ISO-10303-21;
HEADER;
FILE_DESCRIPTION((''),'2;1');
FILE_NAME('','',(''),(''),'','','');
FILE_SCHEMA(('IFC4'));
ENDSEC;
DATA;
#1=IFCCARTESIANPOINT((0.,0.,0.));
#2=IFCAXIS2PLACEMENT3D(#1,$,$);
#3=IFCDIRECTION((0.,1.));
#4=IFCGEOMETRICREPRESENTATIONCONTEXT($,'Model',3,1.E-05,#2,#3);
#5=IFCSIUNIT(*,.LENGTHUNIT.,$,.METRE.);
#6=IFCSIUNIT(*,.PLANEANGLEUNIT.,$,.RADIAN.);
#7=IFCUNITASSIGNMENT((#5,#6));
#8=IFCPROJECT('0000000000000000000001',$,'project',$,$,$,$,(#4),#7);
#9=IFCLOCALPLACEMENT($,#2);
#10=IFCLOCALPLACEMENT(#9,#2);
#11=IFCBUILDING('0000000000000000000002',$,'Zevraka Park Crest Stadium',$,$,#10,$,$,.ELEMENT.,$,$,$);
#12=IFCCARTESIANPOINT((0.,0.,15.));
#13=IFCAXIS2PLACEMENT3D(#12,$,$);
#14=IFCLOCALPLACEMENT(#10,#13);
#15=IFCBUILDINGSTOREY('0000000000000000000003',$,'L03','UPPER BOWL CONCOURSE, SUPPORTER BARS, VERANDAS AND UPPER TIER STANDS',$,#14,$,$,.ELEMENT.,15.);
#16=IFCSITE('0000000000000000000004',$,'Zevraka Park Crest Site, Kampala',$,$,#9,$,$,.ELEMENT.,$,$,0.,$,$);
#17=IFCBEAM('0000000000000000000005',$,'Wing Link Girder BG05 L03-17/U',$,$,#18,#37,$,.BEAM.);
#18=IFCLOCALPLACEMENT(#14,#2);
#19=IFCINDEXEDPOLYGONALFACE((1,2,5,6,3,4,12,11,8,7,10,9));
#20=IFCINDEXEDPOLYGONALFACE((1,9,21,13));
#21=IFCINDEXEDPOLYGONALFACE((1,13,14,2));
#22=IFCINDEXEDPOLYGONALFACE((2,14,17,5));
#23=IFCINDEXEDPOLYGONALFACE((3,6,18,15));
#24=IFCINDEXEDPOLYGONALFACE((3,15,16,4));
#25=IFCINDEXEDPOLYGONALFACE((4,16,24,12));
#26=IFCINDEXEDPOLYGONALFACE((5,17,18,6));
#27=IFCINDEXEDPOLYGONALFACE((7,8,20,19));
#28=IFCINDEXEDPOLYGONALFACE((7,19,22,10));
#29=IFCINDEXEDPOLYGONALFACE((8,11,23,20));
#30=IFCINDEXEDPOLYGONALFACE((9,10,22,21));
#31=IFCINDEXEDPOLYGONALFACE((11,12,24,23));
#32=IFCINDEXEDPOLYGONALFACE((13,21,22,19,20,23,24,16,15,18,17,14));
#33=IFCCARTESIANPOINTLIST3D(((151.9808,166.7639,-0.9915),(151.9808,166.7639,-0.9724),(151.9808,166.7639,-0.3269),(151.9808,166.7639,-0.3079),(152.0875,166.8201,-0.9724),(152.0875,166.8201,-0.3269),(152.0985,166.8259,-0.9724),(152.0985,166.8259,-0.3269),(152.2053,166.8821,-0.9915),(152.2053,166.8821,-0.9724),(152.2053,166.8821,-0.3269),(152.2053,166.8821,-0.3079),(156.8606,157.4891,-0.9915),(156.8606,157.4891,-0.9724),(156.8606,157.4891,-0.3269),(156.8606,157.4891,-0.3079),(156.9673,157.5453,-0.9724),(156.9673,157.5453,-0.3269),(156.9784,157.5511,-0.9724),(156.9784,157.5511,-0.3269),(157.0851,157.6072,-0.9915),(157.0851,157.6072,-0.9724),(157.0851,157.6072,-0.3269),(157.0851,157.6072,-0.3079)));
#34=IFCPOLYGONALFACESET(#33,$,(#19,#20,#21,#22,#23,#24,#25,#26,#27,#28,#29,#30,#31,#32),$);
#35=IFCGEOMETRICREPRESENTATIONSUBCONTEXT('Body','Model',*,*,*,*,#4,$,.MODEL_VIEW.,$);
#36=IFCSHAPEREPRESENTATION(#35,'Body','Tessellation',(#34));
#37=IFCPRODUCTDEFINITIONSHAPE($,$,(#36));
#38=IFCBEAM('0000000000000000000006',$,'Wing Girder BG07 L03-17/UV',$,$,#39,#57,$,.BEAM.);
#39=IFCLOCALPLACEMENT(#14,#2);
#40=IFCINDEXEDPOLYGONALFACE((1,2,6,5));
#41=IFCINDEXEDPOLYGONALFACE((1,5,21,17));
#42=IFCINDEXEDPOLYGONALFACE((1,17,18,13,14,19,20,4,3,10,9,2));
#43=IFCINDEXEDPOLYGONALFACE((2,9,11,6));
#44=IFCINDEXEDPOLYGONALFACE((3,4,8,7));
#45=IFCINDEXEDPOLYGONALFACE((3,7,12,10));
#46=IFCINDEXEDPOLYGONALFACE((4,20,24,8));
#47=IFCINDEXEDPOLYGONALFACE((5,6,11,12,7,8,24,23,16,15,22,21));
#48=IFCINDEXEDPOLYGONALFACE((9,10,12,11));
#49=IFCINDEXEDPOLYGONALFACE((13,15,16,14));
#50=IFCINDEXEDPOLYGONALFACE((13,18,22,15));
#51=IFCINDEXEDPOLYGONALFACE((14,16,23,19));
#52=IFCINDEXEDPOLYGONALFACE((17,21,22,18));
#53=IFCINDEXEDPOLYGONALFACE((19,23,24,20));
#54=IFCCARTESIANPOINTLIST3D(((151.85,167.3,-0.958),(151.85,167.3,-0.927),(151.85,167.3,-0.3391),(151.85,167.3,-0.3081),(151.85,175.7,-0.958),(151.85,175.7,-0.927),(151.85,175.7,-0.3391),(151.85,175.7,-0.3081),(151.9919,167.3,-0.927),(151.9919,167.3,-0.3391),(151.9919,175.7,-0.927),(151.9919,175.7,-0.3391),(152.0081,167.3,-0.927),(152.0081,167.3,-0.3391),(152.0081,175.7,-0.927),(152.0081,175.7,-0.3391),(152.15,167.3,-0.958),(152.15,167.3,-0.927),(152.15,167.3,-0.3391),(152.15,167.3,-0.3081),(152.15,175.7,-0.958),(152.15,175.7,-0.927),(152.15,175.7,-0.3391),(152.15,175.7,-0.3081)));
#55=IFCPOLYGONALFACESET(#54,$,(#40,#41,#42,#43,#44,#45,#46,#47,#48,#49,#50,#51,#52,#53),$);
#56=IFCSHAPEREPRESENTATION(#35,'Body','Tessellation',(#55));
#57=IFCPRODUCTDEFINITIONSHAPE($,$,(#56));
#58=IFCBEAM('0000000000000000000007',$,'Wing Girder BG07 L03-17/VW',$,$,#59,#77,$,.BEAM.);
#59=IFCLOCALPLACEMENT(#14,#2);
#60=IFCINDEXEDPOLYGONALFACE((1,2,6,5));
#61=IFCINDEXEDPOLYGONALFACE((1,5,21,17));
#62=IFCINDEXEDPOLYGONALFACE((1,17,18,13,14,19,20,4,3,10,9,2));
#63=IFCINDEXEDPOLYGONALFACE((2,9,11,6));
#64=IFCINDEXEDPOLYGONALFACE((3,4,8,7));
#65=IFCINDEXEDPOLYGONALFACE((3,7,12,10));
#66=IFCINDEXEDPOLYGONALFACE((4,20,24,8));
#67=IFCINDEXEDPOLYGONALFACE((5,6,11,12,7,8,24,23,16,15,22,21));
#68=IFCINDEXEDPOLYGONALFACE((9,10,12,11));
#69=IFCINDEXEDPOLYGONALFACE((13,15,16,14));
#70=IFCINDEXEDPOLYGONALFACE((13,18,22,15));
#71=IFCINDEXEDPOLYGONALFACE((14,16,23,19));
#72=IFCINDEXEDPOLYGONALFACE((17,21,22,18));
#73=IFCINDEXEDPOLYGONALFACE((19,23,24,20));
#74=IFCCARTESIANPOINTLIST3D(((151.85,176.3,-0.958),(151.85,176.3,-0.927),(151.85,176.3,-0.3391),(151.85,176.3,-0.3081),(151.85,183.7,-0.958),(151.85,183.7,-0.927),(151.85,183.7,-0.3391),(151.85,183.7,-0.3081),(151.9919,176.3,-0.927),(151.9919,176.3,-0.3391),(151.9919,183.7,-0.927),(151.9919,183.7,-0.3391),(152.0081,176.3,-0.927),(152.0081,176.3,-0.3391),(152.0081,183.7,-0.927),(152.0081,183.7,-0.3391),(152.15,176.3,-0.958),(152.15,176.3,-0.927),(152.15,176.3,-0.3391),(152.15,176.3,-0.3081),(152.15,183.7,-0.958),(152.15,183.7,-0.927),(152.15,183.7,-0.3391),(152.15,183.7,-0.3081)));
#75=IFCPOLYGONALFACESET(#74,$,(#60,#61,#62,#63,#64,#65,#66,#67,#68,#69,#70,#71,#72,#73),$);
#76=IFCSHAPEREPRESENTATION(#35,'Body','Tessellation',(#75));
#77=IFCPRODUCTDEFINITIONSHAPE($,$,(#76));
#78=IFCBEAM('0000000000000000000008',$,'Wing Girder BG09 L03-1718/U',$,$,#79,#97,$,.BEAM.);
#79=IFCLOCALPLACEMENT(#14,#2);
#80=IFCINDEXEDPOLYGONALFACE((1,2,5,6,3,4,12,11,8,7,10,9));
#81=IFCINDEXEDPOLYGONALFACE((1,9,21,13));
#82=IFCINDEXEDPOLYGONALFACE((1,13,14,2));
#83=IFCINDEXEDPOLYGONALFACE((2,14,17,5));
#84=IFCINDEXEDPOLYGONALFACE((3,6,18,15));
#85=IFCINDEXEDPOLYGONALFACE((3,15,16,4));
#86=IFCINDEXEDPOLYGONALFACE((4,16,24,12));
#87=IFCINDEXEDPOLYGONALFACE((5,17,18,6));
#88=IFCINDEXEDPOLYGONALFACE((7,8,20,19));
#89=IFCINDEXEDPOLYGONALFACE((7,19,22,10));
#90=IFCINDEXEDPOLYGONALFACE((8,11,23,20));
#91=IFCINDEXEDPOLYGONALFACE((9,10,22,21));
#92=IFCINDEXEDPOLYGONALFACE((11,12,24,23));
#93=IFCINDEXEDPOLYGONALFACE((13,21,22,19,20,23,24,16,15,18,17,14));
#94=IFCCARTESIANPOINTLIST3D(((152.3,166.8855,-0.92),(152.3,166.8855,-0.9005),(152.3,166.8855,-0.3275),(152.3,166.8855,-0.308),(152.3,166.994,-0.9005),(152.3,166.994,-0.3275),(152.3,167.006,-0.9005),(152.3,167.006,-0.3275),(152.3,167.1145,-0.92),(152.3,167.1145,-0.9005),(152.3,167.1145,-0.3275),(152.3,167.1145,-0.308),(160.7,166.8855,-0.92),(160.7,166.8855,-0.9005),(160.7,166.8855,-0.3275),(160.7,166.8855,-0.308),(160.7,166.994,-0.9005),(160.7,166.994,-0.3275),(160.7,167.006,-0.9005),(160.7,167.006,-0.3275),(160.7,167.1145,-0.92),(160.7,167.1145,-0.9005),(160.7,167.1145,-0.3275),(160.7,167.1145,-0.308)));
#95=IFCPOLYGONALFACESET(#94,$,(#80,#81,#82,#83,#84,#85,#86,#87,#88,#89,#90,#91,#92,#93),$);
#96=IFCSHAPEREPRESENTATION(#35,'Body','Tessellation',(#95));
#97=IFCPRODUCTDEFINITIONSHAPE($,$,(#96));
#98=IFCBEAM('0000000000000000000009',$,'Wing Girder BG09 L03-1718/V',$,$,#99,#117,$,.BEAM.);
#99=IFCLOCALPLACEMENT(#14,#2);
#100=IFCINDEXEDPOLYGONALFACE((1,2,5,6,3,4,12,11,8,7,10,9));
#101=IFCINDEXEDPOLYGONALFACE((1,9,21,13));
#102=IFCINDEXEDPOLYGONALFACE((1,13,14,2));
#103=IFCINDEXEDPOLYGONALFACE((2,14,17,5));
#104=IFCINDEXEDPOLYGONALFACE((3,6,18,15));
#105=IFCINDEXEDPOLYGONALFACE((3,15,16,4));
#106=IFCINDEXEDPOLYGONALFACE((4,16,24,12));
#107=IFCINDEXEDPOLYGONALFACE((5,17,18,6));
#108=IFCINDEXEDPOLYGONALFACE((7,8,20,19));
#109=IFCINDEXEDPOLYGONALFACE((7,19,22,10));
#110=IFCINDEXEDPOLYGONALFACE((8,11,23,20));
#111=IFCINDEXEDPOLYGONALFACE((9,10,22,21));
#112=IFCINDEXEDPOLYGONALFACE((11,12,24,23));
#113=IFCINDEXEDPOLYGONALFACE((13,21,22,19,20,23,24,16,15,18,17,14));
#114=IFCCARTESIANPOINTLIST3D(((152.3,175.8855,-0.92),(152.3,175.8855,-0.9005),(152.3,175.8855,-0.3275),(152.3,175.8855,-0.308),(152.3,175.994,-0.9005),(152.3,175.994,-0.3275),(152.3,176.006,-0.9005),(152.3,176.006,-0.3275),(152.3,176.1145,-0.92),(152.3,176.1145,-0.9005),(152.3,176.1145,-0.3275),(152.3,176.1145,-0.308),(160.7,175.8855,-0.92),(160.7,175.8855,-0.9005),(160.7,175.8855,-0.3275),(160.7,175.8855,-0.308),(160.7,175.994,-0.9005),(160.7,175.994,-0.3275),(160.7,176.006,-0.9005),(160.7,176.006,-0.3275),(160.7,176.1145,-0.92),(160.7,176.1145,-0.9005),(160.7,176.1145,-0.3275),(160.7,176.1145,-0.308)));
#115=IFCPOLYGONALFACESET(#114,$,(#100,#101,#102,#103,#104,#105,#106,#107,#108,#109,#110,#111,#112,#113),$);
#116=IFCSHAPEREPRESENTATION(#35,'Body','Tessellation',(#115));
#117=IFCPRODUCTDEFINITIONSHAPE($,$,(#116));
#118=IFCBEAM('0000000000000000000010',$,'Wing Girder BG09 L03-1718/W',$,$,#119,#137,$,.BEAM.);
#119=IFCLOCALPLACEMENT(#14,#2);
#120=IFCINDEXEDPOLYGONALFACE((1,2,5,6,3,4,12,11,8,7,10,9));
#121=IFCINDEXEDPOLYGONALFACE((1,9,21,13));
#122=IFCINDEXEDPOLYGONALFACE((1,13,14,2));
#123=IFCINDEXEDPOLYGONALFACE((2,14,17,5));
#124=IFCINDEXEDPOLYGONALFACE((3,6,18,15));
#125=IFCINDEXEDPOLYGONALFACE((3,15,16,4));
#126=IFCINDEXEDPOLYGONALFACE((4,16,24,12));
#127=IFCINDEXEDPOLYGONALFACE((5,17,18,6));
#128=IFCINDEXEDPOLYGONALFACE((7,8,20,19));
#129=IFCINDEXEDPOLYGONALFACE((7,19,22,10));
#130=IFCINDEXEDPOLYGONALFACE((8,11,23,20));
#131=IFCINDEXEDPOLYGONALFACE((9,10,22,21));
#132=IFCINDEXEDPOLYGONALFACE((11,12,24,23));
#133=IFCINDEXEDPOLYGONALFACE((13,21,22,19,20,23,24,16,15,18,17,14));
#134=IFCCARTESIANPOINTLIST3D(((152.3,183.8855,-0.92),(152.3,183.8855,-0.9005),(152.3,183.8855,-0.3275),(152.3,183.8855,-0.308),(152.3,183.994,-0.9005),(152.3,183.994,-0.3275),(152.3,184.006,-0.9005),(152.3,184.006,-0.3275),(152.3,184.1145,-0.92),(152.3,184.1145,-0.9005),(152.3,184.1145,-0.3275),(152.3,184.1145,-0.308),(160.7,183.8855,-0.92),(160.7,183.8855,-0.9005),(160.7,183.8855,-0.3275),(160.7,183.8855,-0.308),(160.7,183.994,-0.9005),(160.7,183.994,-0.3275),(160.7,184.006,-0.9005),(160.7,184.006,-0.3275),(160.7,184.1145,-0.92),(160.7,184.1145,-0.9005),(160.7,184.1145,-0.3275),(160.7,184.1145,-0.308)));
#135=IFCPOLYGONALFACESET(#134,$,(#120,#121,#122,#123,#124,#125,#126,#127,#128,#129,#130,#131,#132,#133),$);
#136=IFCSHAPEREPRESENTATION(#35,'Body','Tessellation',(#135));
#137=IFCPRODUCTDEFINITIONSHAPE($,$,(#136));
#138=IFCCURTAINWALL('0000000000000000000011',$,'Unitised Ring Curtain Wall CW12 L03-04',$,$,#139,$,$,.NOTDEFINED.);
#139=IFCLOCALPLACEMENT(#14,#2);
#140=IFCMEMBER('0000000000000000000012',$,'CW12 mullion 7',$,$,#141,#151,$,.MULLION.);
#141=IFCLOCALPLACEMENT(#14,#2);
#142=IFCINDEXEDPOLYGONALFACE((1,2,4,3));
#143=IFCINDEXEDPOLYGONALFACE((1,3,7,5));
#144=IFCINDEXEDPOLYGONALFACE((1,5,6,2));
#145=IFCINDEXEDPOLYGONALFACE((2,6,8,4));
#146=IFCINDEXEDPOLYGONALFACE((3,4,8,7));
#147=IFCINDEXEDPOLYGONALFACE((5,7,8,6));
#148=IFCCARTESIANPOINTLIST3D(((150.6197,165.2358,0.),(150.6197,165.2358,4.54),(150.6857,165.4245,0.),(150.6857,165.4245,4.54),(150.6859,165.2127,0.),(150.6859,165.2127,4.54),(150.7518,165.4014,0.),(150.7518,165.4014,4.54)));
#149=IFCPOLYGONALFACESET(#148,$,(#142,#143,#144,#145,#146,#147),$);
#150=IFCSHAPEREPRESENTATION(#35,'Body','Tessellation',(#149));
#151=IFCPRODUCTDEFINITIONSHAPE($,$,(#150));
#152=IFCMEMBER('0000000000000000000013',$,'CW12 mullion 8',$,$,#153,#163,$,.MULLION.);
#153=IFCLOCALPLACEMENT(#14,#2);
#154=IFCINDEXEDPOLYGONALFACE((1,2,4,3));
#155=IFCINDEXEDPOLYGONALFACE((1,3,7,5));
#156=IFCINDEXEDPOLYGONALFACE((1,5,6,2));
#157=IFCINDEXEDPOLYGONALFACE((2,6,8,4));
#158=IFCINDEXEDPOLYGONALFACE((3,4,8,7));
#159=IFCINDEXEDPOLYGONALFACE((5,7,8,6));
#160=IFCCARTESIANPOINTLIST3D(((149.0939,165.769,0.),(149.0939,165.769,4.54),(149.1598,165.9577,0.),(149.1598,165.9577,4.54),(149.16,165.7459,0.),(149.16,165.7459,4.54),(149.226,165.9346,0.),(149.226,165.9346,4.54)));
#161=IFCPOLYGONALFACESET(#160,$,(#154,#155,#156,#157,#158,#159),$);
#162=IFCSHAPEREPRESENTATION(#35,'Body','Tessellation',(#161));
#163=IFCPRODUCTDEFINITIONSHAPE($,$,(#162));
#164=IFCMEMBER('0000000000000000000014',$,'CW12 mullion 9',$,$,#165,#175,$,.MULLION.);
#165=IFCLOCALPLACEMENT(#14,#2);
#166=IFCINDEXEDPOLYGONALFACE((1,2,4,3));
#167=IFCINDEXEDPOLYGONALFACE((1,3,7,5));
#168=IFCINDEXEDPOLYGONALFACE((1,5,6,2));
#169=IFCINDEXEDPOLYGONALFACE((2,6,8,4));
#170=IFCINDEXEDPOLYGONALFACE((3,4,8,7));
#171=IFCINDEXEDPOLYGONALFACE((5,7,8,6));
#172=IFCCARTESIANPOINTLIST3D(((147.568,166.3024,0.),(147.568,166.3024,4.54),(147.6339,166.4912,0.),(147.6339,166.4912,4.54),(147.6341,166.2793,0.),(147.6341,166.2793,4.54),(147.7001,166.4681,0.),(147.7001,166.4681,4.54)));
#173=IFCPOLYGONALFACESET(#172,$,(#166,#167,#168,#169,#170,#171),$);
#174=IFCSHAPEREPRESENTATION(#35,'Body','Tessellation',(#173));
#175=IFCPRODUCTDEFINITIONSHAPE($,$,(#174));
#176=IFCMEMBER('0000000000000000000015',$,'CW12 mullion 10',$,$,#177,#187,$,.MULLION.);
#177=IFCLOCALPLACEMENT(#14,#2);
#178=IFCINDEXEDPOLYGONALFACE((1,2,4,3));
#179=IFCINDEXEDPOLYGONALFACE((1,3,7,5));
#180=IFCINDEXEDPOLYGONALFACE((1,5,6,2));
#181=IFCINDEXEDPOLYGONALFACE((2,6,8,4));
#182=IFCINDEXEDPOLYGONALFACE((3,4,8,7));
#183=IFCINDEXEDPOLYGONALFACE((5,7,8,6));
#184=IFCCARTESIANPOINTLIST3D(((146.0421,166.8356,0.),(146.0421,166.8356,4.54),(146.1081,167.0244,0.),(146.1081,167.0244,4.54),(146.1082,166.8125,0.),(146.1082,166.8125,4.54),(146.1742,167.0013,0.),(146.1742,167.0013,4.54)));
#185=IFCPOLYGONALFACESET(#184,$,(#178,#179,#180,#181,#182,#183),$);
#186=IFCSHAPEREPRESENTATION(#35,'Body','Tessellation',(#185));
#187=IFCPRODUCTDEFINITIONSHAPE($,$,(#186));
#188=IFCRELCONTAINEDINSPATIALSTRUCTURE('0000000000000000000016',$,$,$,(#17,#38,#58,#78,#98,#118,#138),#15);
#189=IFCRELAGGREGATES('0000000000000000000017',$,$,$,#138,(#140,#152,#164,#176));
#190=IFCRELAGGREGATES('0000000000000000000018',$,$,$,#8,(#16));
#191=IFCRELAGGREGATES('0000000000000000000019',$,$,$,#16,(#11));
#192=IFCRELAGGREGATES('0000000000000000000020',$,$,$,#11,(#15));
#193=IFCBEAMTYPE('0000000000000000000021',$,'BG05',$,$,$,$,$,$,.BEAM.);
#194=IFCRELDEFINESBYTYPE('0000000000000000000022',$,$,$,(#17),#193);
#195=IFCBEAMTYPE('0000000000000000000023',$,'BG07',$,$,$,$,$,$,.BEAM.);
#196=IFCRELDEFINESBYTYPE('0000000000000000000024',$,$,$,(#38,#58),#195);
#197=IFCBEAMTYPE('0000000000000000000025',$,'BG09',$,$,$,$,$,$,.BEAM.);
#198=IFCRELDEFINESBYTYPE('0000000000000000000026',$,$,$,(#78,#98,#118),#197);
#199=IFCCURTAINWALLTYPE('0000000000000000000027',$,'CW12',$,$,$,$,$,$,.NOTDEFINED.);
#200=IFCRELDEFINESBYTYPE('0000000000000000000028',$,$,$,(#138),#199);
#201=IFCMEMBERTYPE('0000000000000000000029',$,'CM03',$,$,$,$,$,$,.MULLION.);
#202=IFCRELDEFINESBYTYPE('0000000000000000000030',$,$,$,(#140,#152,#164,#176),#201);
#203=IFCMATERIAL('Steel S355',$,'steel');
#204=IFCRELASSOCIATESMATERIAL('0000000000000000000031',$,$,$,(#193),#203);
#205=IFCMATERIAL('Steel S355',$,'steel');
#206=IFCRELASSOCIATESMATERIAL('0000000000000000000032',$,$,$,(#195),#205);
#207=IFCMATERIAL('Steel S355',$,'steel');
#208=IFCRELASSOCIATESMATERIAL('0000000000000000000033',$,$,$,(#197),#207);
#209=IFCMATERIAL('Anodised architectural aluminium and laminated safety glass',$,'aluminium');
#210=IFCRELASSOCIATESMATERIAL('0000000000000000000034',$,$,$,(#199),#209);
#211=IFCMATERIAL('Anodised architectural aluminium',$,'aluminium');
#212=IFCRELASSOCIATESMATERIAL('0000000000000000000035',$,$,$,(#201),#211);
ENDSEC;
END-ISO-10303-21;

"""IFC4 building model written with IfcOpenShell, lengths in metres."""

from ifc_helpers import new_model, si_unit, direction, frame, origin, origin_2d, place, context, subcontext, project, spatial, rectangle, i_section, extrude, material, material_profile, profile_set, type_object, element, aggregate, save


model = new_model("IFC4")

# Units and contexts
model_context = context("Model", 3, precision=1e-05, world=origin(), true_north=direction((0.0, 1.0)))
body_context = subcontext(model_context, "Body", "Model", "MODEL_VIEW")
ifc_project = project(units=[si_unit("LENGTHUNIT", "METRE"), si_unit("PLANEANGLEUNIT", "RADIAN")], contexts=[model_context])

# Site, building, storey
site_placement = place(None, origin())
site = spatial("IfcSite", under=ifc_project, at=site_placement, Name="Zevraka Park Crest Site, Kampala", CompositionType="ELEMENT", RefElevation=0.0)
building_placement = place(site_placement, origin())
building = spatial("IfcBuilding", under=site, at=building_placement, Name="Zevraka Park Crest Stadium", CompositionType="ELEMENT")
storey_placement = place(building_placement, frame((0.0, 0.0, 15.0)))
storey = spatial("IfcBuildingStorey", under=building, at=storey_placement, Name="L03", Description="UPPER BOWL CONCOURSE, SUPPORTER BARS, VERANDAS AND UPPER TIER STANDS", CompositionType="ELEMENT", Elevation=15.0)

# Beams
ifc_material_1 = material(Name="Steel S355", Category="steel")
ifc_material_profile_1 = material_profile(ifc_material_1, i_section(OverallWidth=0.2537, OverallDepth=0.6836, WebThickness=0.0125, FlangeThickness=0.019, at=origin_2d()), Name="UKB 686x254x140")
ifc_profile_set_1 = profile_set([ifc_material_profile_1], Name="Steel S355")
beam_type_1 = type_object("IfcBeamType", Name="BG05", PredefinedType="BEAM", material=ifc_profile_set_1)
beam_1_placement = place(storey_placement, frame((152.093, 166.823, -0.6497), z_axis=(0.465624, -0.884983, 0.0), x_axis=(0.884983, 0.465624, 0.0)))
element("IfcBeam", 1, at=beam_1_placement, inside=storey, type_object=beam_type_1, Name="Wing Link Girder BG05 L03-17/U", PredefinedType="BEAM", context=body_context, shape_type="SweptSolid", body=[
    extrude(i_section(OverallWidth=0.2537, OverallDepth=0.6836, WebThickness=0.0125, FlangeThickness=0.019, at=origin_2d()), origin(), (0.0, 0.0, 1.0), 10.4802),
])
ifc_material_2 = material(Name="Steel S355", Category="steel")
ifc_material_profile_2 = material_profile(ifc_material_2, i_section(OverallWidth=0.3, OverallDepth=0.6499, WebThickness=0.0161, FlangeThickness=0.031, at=origin_2d()), Name="HEB 650")
ifc_profile_set_2 = profile_set([ifc_material_profile_2], Name="Steel S355")
beam_type_2 = type_object("IfcBeamType", Name="BG07", PredefinedType="BEAM", material=ifc_profile_set_2)
beam_2_placement = place(storey_placement, frame((152.0, 167.3, -0.6331), z_axis=(0.0, 1.0, 0.0), x_axis=(-1.0, 0.0, 0.0)))
element("IfcBeam", 2, at=beam_2_placement, inside=storey, type_object=beam_type_2, Name="Wing Girder BG07 L03-17/UV", PredefinedType="BEAM", context=body_context, shape_type="SweptSolid", body=[
    extrude(i_section(OverallWidth=0.3, OverallDepth=0.6499, WebThickness=0.0161, FlangeThickness=0.031, at=origin_2d()), origin(), (0.0, 0.0, 1.0), 8.3999),
])
beam_3_placement = place(storey_placement, frame((152.0, 176.3, -0.6331), z_axis=(0.0, 1.0, 0.0), x_axis=(-1.0, 0.0, 0.0)))
element("IfcBeam", 3, at=beam_3_placement, inside=storey, type_object=beam_type_2, Name="Wing Girder BG07 L03-17/VW", PredefinedType="BEAM", context=body_context, shape_type="SweptSolid", body=[
    extrude(i_section(OverallWidth=0.3, OverallDepth=0.6499, WebThickness=0.0161, FlangeThickness=0.031, at=origin_2d()), origin(), (0.0, 0.0, 1.0), 7.3999),
])
ifc_material_3 = material(Name="Steel S355", Category="steel")
ifc_material_profile_3 = material_profile(ifc_material_3, i_section(OverallWidth=0.229, OverallDepth=0.6121, WebThickness=0.012, FlangeThickness=0.0195, at=origin_2d()), Name="UKB 610x229x125")
ifc_profile_set_3 = profile_set([ifc_material_profile_3], Name="Steel S355")
beam_type_3 = type_object("IfcBeamType", Name="BG09", PredefinedType="BEAM", material=ifc_profile_set_3)
for number, where, z_axis, x_axis, name in (
    (4, (152.3, 167.0, -0.614), (1.0, 0.0, 0.0), (0.0, 1.0, 0.0), "Wing Girder BG09 L03-1718/U"),
    (5, (152.3, 176.0, -0.614), (1.0, 0.0, 0.0), (0.0, 1.0, 0.0), "Wing Girder BG09 L03-1718/V"),
    (6, (152.3, 184.0, -0.614), (1.0, 0.0, 0.0), (0.0, 1.0, 0.0), "Wing Girder BG09 L03-1718/W"),
):
    element("IfcBeam", number, at=place(storey_placement, frame(where, z_axis=z_axis, x_axis=x_axis)), inside=storey, type_object=beam_type_3, Name=name, PredefinedType="BEAM", context=body_context, shape_type="SweptSolid", body=[
        extrude(i_section(OverallWidth=0.229, OverallDepth=0.6121, WebThickness=0.012, FlangeThickness=0.0195, at=origin_2d()), origin(), (0.0, 0.0, 1.0), 8.3999),
    ])

# Curtain wall, members
ifc_material_4 = material(Name="Anodised architectural aluminium and laminated safety glass", Category="aluminium")
curtain_wall_type = type_object("IfcCurtainWallType", Name="CW12", PredefinedType="NOTDEFINED", material=ifc_material_4)
curtain_wall_placement = place(storey_placement, origin())
curtain_wall = element("IfcCurtainWall", 7, at=curtain_wall_placement, inside=storey, type_object=curtain_wall_type, Name="Unitised Ring Curtain Wall CW12 L03-04", PredefinedType="NOTDEFINED")
ifc_material_5 = material(Name="Anodised architectural aluminium", Category="aluminium")
ifc_material_profile_4 = material_profile(ifc_material_5, rectangle(XDim=0.2, YDim=0.0701, at=origin_2d()), Name="ALU MULLION 200x70")
ifc_profile_set_4 = profile_set([ifc_material_profile_4], Name="Anodised architectural aluminium")
member_type_1 = type_object("IfcMemberType", Name="CM03", PredefinedType="MULLION", material=ifc_profile_set_4)
member_1_placement = place(storey_placement, frame((150.6858, 165.3186, 0.0), z_axis=(0.0, 0.0, 1.0), x_axis=(-0.329917, -0.94401, 0.0)))
member_1 = element("IfcMember", 8, at=member_1_placement, type_object=member_type_1, Name="CW12 mullion 7", PredefinedType="MULLION", context=body_context, shape_type="SweptSolid", body=[
    extrude(rectangle(XDim=0.2, YDim=0.0701, at=origin_2d()), origin(), (0.0, 0.0, 1.0), 4.54),
])
member_2_placement = place(storey_placement, frame((149.1599, 165.8518, 0.0), z_axis=(0.0, 0.0, 1.0), x_axis=(-0.329917, -0.94401, 0.0)))
member_2 = element("IfcMember", 9, at=member_2_placement, type_object=member_type_1, Name="CW12 mullion 8", PredefinedType="MULLION", context=body_context, shape_type="SweptSolid", body=[
    extrude(rectangle(XDim=0.2, YDim=0.0701, at=origin_2d()), origin(), (0.0, 0.0, 1.0), 4.54),
])
member_3_placement = place(storey_placement, frame((147.634, 166.3853, 0.0), z_axis=(0.0, 0.0, 1.0), x_axis=(-0.329917, -0.94401, 0.0)))
member_3 = element("IfcMember", 10, at=member_3_placement, type_object=member_type_1, Name="CW12 mullion 9", PredefinedType="MULLION", context=body_context, shape_type="SweptSolid", body=[
    extrude(rectangle(XDim=0.2, YDim=0.0701, at=origin_2d()), origin(), (0.0, 0.0, 1.0), 4.54),
])
member_4_placement = place(storey_placement, frame((146.1082, 166.9185, 0.0), z_axis=(0.0, 0.0, 1.0), x_axis=(-0.329917, -0.94401, 0.0)))
member_4 = element("IfcMember", 11, at=member_4_placement, type_object=member_type_1, Name="CW12 mullion 10", PredefinedType="MULLION", context=body_context, shape_type="SweptSolid", body=[
    extrude(rectangle(XDim=0.2, YDim=0.0701, at=origin_2d()), origin(), (0.0, 0.0, 1.0), 4.54),
])

aggregate(curtain_wall, [member_1, member_2, member_3, member_4])

save(model, "model.ifc")
